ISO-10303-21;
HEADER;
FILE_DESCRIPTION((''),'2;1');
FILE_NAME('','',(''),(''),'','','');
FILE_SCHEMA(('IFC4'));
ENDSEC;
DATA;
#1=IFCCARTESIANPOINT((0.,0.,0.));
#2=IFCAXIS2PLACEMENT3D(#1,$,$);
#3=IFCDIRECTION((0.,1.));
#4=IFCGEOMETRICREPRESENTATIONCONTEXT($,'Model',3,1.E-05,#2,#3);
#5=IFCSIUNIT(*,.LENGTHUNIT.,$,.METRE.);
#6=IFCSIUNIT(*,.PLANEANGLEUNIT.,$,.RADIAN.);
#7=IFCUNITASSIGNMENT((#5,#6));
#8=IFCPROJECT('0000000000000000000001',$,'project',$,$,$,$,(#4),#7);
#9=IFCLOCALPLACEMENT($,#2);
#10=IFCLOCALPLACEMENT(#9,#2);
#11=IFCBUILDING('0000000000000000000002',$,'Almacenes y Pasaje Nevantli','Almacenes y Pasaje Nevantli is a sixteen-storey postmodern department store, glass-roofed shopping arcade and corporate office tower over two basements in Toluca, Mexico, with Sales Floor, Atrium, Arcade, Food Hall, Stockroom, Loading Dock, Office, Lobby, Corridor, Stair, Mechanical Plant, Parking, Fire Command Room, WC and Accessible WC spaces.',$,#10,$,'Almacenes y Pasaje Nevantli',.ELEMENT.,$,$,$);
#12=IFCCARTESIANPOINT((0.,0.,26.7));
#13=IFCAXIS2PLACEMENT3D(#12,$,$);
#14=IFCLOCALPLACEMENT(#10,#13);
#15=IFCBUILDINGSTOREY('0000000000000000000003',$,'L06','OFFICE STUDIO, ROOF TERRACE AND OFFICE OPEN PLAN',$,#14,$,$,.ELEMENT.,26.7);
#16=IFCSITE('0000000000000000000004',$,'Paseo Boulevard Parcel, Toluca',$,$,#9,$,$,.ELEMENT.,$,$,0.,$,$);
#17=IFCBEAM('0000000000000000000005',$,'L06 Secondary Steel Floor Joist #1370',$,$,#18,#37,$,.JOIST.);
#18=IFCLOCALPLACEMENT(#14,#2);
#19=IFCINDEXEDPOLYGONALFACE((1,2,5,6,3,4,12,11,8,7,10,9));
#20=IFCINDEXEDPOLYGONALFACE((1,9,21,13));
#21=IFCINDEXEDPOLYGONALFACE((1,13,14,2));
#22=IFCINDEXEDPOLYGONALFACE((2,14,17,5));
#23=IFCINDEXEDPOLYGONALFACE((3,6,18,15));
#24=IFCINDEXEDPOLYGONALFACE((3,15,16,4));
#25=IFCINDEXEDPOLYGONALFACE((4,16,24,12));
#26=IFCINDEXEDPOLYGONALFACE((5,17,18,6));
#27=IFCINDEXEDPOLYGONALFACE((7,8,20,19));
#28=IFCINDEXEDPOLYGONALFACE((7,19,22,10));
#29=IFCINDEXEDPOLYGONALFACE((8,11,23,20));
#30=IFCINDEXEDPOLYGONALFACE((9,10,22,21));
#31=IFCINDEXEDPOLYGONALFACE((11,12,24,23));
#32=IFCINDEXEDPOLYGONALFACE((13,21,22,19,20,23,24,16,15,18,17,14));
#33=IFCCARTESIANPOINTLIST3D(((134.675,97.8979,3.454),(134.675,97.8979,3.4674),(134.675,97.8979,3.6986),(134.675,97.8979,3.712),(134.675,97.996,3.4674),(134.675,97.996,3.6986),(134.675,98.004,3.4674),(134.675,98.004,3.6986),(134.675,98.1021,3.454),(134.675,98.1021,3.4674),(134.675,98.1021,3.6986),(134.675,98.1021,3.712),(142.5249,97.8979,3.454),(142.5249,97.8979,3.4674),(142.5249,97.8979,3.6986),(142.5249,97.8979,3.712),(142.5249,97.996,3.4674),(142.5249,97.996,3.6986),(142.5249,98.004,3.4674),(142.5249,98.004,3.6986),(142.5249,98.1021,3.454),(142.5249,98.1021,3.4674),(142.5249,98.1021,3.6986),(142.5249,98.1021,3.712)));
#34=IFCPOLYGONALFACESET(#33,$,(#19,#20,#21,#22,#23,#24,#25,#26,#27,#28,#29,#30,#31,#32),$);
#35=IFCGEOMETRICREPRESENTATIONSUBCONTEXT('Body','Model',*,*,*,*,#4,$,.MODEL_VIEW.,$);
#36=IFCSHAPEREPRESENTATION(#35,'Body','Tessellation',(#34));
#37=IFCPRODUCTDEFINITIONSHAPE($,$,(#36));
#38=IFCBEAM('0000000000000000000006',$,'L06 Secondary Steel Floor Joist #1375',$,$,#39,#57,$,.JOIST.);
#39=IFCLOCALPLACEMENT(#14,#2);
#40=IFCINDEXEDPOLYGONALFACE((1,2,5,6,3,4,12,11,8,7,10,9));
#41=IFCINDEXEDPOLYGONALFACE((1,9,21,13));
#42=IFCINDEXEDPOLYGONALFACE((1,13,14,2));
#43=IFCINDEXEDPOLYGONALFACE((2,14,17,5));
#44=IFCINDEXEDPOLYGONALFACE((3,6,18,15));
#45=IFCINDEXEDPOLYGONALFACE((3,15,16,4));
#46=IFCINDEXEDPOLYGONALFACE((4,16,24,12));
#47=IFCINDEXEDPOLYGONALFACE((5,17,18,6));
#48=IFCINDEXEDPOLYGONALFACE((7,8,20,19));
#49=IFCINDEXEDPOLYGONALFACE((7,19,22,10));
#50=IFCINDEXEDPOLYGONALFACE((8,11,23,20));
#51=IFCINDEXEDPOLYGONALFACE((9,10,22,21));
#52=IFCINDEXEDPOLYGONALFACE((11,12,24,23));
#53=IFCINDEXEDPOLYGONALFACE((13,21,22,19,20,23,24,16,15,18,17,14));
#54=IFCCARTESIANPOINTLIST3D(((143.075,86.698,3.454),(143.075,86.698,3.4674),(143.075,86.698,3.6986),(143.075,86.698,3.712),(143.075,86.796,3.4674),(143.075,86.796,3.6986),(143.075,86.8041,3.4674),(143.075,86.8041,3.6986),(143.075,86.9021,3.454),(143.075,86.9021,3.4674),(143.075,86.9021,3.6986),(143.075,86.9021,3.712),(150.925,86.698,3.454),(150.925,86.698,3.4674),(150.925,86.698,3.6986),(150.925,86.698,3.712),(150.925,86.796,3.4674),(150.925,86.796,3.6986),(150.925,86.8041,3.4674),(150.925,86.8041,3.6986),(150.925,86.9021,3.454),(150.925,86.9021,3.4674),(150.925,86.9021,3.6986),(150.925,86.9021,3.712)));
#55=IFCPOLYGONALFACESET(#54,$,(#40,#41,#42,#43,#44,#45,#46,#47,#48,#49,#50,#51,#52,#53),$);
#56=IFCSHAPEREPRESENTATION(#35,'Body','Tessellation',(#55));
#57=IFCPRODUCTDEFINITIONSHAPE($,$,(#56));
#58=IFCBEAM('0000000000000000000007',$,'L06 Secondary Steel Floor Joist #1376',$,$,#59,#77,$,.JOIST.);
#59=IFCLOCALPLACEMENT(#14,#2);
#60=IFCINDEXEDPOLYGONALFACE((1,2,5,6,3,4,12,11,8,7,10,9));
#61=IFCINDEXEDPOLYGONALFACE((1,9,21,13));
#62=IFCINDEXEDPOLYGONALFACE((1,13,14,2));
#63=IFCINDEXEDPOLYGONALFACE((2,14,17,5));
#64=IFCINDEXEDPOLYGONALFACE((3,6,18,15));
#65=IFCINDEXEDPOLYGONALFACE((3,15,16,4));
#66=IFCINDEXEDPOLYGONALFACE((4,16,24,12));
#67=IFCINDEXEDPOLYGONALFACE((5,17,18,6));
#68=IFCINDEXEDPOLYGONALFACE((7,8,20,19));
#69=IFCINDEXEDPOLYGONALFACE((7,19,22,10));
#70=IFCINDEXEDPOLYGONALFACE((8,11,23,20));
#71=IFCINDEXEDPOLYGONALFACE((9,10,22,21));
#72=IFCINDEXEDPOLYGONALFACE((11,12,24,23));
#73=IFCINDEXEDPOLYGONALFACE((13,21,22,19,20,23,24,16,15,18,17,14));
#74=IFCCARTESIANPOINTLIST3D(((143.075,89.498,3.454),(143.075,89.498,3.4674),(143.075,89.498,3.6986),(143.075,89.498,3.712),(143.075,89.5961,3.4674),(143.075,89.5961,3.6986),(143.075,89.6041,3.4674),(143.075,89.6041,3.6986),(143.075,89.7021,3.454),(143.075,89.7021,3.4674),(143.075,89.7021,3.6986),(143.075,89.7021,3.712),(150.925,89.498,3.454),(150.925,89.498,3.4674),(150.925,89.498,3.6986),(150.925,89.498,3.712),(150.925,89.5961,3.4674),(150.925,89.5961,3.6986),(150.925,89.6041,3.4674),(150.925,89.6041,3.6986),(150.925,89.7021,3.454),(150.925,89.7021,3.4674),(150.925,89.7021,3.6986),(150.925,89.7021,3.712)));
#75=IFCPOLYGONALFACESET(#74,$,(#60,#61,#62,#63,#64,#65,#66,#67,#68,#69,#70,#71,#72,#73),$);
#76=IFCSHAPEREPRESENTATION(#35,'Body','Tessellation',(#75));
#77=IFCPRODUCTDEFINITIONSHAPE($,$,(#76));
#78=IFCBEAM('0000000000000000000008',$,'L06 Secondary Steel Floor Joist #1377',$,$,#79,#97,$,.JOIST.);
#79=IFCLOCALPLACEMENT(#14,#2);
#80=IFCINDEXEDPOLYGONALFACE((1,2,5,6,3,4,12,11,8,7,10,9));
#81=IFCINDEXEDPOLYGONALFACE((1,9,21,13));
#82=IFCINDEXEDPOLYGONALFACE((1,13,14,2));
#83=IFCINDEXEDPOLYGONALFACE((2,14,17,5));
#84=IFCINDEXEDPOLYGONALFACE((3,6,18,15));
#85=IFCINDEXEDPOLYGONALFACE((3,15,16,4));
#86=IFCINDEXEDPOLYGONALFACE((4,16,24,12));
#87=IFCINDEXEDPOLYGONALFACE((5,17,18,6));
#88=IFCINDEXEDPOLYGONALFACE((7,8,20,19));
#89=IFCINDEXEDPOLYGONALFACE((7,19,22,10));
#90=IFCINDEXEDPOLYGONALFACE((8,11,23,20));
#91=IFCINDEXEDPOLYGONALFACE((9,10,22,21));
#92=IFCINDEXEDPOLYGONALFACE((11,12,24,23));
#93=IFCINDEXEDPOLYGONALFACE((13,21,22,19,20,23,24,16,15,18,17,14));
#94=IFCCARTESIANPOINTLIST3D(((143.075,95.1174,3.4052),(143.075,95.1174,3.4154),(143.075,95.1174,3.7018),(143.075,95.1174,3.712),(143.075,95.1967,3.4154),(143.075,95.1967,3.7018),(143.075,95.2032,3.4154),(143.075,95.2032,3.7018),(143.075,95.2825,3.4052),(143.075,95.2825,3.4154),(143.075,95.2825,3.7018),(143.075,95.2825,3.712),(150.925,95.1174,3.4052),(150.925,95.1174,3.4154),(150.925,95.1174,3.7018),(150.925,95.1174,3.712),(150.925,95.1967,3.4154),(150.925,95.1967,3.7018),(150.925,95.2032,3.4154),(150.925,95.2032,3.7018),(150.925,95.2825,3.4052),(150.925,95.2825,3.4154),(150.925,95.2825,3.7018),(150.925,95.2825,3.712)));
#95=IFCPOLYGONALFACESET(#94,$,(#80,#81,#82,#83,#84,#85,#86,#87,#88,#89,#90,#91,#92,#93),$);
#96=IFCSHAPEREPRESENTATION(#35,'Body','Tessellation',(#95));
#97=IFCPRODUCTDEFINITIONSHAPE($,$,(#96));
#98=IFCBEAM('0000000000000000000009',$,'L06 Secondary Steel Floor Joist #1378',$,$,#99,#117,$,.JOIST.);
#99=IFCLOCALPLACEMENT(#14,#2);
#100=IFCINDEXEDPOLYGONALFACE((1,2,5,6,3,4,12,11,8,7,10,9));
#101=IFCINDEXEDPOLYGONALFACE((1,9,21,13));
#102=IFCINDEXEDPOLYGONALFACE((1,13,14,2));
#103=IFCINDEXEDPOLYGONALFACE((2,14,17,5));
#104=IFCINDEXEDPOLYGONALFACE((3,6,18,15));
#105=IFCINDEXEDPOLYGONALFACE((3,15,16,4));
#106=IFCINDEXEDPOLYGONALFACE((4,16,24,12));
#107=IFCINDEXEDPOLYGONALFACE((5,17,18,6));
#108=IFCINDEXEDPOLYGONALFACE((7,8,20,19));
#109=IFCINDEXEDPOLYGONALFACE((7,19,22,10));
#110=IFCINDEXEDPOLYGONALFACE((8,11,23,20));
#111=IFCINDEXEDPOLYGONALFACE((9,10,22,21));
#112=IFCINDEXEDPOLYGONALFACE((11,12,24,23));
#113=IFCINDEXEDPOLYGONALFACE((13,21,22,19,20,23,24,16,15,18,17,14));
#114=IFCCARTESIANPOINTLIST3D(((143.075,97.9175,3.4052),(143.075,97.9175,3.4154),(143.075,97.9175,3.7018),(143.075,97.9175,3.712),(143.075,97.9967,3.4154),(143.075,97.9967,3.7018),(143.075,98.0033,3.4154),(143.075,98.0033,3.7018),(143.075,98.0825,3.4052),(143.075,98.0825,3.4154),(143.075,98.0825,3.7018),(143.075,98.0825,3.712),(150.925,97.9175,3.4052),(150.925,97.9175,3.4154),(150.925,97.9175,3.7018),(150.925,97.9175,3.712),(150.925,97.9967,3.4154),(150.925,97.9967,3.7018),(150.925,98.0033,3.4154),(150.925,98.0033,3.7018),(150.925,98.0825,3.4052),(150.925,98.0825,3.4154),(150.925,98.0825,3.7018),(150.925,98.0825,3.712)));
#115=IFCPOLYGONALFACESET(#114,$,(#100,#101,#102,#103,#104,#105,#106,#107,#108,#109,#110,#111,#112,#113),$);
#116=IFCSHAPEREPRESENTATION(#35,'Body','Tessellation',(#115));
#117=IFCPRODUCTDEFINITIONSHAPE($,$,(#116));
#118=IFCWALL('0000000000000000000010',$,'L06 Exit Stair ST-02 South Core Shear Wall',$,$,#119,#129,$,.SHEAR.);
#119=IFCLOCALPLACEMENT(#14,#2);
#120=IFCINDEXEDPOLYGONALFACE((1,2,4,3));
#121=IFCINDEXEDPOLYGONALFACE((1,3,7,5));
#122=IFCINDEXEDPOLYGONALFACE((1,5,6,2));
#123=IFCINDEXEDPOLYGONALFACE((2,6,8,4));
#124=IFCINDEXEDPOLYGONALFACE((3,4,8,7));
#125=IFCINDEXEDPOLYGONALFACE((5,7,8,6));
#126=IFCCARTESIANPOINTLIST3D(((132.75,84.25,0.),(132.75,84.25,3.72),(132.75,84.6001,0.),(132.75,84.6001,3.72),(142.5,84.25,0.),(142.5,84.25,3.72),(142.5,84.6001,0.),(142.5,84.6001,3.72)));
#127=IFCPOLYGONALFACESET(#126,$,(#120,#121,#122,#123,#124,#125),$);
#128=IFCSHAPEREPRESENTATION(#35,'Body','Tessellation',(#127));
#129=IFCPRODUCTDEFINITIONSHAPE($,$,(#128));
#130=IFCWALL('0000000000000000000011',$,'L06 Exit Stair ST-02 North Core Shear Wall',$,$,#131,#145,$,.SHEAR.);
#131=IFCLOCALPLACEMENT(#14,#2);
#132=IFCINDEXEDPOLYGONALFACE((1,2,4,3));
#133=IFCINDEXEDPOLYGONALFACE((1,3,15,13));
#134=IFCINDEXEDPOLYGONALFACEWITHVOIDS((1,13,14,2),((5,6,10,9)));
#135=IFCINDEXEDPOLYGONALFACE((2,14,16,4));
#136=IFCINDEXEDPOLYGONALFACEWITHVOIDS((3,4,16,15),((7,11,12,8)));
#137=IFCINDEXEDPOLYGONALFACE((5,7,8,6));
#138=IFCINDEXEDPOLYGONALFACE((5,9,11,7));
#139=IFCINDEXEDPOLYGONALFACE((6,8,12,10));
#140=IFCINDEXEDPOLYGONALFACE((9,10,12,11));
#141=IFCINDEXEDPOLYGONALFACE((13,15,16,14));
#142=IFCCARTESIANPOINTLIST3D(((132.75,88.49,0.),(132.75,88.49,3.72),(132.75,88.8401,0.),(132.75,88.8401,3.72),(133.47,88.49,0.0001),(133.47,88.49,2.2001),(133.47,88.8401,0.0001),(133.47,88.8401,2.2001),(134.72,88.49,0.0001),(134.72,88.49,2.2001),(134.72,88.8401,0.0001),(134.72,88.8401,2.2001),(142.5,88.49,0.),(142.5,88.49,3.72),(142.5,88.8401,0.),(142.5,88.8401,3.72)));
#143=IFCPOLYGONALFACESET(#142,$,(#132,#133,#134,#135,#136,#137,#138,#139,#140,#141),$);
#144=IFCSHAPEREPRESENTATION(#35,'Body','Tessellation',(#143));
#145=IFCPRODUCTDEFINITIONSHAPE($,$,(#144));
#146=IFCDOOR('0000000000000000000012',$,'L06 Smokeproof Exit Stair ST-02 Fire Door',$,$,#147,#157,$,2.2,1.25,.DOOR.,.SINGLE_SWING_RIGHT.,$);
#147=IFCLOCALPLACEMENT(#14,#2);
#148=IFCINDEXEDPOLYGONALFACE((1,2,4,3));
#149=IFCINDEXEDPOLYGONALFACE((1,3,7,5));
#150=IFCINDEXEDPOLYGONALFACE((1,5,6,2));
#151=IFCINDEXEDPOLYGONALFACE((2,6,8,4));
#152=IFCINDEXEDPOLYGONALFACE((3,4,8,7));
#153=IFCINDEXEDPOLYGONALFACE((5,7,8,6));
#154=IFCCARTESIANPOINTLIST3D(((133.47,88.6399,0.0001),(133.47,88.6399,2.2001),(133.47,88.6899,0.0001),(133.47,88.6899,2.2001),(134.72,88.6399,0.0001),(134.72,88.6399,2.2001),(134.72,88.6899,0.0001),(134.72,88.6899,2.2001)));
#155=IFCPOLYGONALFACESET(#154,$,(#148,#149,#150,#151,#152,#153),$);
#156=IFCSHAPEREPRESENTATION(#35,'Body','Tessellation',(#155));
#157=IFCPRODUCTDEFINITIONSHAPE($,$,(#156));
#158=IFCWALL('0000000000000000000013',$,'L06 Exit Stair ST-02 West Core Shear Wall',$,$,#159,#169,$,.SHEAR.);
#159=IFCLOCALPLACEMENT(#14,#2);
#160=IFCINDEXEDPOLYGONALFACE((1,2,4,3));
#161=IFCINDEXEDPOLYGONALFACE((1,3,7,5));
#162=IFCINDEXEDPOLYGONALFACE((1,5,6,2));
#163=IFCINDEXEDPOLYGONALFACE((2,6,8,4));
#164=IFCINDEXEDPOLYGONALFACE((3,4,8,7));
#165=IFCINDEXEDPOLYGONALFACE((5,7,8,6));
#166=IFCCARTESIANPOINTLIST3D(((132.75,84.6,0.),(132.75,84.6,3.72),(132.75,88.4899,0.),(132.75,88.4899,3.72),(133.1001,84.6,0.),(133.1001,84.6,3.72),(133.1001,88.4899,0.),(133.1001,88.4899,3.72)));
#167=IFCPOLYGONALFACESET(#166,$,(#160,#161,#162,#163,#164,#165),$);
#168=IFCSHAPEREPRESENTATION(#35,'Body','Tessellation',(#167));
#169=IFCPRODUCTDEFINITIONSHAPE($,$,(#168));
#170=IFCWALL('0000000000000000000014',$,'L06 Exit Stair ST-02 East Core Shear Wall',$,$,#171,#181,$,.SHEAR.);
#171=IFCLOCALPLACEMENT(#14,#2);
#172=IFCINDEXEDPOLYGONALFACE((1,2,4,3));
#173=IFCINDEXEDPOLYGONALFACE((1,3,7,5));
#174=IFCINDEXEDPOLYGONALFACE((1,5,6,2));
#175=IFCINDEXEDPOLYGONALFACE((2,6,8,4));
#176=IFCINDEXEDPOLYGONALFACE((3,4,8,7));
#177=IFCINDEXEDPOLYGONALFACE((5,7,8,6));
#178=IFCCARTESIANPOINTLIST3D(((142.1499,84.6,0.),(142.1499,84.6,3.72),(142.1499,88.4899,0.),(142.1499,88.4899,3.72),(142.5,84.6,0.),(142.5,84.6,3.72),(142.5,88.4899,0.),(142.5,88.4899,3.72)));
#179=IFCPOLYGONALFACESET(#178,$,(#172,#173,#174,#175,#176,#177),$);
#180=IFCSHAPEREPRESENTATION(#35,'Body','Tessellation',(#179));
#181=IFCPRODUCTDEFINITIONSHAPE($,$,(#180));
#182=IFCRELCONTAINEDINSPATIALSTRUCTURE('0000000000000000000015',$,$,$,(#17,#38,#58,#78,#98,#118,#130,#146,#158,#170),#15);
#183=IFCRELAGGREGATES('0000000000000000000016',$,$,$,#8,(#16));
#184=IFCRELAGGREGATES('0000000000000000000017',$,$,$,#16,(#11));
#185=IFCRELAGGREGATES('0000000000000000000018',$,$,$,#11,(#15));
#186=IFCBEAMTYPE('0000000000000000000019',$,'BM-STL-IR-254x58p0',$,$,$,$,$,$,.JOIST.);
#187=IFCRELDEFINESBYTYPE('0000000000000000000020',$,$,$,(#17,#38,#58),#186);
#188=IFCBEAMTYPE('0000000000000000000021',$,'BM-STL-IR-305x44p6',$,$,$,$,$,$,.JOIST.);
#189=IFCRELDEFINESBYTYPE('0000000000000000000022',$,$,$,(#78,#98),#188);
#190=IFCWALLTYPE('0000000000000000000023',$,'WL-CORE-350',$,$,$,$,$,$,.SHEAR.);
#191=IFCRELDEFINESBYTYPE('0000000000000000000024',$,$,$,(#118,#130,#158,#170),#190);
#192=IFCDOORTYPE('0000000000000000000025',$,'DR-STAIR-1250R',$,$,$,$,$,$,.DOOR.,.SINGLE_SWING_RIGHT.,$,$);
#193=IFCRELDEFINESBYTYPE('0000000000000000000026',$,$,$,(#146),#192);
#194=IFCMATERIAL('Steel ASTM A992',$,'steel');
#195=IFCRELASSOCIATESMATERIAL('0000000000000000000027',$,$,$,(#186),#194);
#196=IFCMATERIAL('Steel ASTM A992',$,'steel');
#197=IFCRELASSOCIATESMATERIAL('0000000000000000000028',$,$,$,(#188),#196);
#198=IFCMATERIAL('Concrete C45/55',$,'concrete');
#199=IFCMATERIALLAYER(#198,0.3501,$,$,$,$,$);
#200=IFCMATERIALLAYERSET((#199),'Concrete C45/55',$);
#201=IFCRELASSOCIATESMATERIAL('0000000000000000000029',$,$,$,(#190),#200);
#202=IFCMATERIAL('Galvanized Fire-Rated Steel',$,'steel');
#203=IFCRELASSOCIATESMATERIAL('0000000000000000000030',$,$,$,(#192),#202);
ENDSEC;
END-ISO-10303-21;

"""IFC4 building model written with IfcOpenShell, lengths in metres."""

from ifc_helpers import new_model, si_unit, direction, frame, frame_2d, origin, origin_2d, place, context, subcontext, project, spatial, rectangle, i_section, extrude, material, layer, layer_set, material_profile, profile_set, type_object, element, fill, save


model = new_model("IFC4")

# Units and contexts
model_context = context("Model", 3, precision=1e-05, world=origin(), true_north=direction((0.0, 1.0)))
body_context = subcontext(model_context, "Body", "Model", "MODEL_VIEW")
ifc_project = project(units=[si_unit("LENGTHUNIT", "METRE"), si_unit("PLANEANGLEUNIT", "RADIAN")], contexts=[model_context])

# Site, building, storey
site_placement = place(None, origin())
site = spatial("IfcSite", under=ifc_project, at=site_placement, Name="Paseo Boulevard Parcel, Toluca", CompositionType="ELEMENT", RefElevation=0.0)
building_placement = place(site_placement, origin())
building = spatial("IfcBuilding", under=site, at=building_placement, Name="Almacenes y Pasaje Nevantli", Description="Almacenes y Pasaje Nevantli is a sixteen-storey postmodern department store, glass-roofed shopping arcade and corporate office tower over two basements in Toluca, Mexico, with Sales Floor, Atrium, Arcade, Food Hall, Stockroom, Loading Dock, Office, Lobby, Corridor, Stair, Mechanical Plant, Parking, Fire Command Room, WC and Accessible WC spaces.", LongName="Almacenes y Pasaje Nevantli", CompositionType="ELEMENT")
storey_placement = place(building_placement, frame((0.0, 0.0, 26.7)))
storey = spatial("IfcBuildingStorey", under=building, at=storey_placement, Name="L06", Description="OFFICE STUDIO, ROOF TERRACE AND OFFICE OPEN PLAN", CompositionType="ELEMENT", Elevation=26.7)

# Beams
ifc_material_1 = material(Name="Steel ASTM A992", Category="steel")
ifc_material_profile_1 = material_profile(ifc_material_1, i_section(OverallWidth=0.2041, OverallDepth=0.2581, WebThickness=0.0081, FlangeThickness=0.0134, at=origin_2d()), Name="IR 254x58.0")
ifc_profile_set_1 = profile_set([ifc_material_profile_1], Name="Steel ASTM A992")
beam_type_1 = type_object("IfcBeamType", Name="BM-STL-IR-254x58p0", PredefinedType="JOIST", material=ifc_profile_set_1)
for number, where, z_axis, x_axis, name in (
    (1, (134.675, 98.0, 3.583), (1.0, 0.0, 0.0), (0.0, 1.0, 0.0), "L06 Secondary Steel Floor Joist #1370"),
):
    element("IfcBeam", number, at=place(storey_placement, frame(where, z_axis=z_axis, x_axis=x_axis)), inside=storey, type_object=beam_type_1, Name=name, PredefinedType="JOIST", context=body_context, shape_type="SweptSolid", body=[
        extrude(i_section(OverallWidth=0.2041, OverallDepth=0.2581, WebThickness=0.0081, FlangeThickness=0.0134, at=origin_2d()), origin(), (0.0, 0.0, 1.0), 7.8499),
    ])
for number, where, z_axis, x_axis, name in (
    (2, (143.075, 86.8, 3.583), (1.0, 0.0, 0.0), (0.0, 1.0, 0.0), "L06 Secondary Steel Floor Joist #1375"),
    (3, (143.075, 89.6001, 3.583), (1.0, 0.0, 0.0), (0.0, 1.0, 0.0), "L06 Secondary Steel Floor Joist #1376"),
):
    element("IfcBeam", number, at=place(storey_placement, frame(where, z_axis=z_axis, x_axis=x_axis)), inside=storey, type_object=beam_type_1, Name=name, PredefinedType="JOIST", context=body_context, shape_type="SweptSolid", body=[
        extrude(i_section(OverallWidth=0.2041, OverallDepth=0.2581, WebThickness=0.0081, FlangeThickness=0.0134, at=origin_2d()), origin(), (0.0, 0.0, 1.0), 7.8501),
    ])
ifc_material_2 = material(Name="Steel ASTM A992", Category="steel")
ifc_material_profile_2 = material_profile(ifc_material_2, i_section(OverallWidth=0.165, OverallDepth=0.3069, WebThickness=0.0066, FlangeThickness=0.0103, at=origin_2d()), Name="IR 305x44.6")
ifc_profile_set_2 = profile_set([ifc_material_profile_2], Name="Steel ASTM A992")
beam_type_2 = type_object("IfcBeamType", Name="BM-STL-IR-305x44p6", PredefinedType="JOIST", material=ifc_profile_set_2)
for number, where, z_axis, x_axis, name in (
    (4, (143.075, 95.2, 3.5586), (1.0, 0.0, 0.0), (0.0, 1.0, 0.0), "L06 Secondary Steel Floor Joist #1377"),
    (5, (143.075, 98.0, 3.5586), (1.0, 0.0, 0.0), (0.0, 1.0, 0.0), "L06 Secondary Steel Floor Joist #1378"),
):
    element("IfcBeam", number, at=place(storey_placement, frame(where, z_axis=z_axis, x_axis=x_axis)), inside=storey, type_object=beam_type_2, Name=name, PredefinedType="JOIST", context=body_context, shape_type="SweptSolid", body=[
        extrude(i_section(OverallWidth=0.165, OverallDepth=0.3069, WebThickness=0.0066, FlangeThickness=0.0103, at=origin_2d()), origin(), (0.0, 0.0, 1.0), 7.8501),
    ])

# Wall
ifc_material_3 = material(Name="Concrete C45/55", Category="concrete")
ifc_layer_1 = layer(ifc_material_3, 0.3501)
ifc_layer_set_1 = layer_set([ifc_layer_1], Name="Concrete C45/55")
wall_type_1 = type_object("IfcWallType", Name="WL-CORE-350", PredefinedType="SHEAR", material=ifc_layer_set_1)
wall_1_placement = place(storey_placement, frame((132.75, 84.425, 0.0), z_axis=(0.0, 0.0, 1.0), x_axis=(1.0, 0.0, 0.0)))
element("IfcWall", 6, at=wall_1_placement, inside=storey, type_object=wall_type_1, Name="L06 Exit Stair ST-02 South Core Shear Wall", PredefinedType="SHEAR", context=body_context, shape_type="SweptSolid", body=[
    extrude(rectangle(XDim=9.75, YDim=0.3501, at=frame_2d((4.875, 0.0))), origin(), (0.0, 0.0, 1.0), 3.72),
])

# Wall, opening, door
wall_2_placement = place(storey_placement, frame((132.75, 88.665, 0.0), z_axis=(0.0, 0.0, 1.0), x_axis=(1.0, 0.0, 0.0)))
wall_2 = element("IfcWall", 7, at=wall_2_placement, inside=storey, type_object=wall_type_1, Name="L06 Exit Stair ST-02 North Core Shear Wall", PredefinedType="SHEAR", context=body_context, shape_type="SweptSolid", body=[
    extrude(rectangle(XDim=9.75, YDim=0.3501, at=frame_2d((4.875, 0.0))), origin(), (0.0, 0.0, 1.0), 3.72),
])
opening_1_placement = place(wall_2_placement, frame((0.72, 0.0, 0.0)))
opening_1 = element("IfcOpeningElement", 8, at=opening_1_placement, cuts=wall_2, PredefinedType="OPENING", context=body_context, shape_type="SweptSolid", body=[
    extrude(rectangle(XDim=1.25, YDim=2.2, at=frame_2d((0.625, 1.1001))), frame((0.0, 0.1851, 0.0), z_axis=(0.0, -1.0, 0.0), x_axis=(1.0, 0.0, 0.0)), (0.0, 0.0, 1.0), 0.3701),
])
ifc_material_4 = material(Name="Galvanized Fire-Rated Steel", Category="steel")
door_type = type_object("IfcDoorType", Name="DR-STAIR-1250R", OperationType="SINGLE_SWING_RIGHT", PredefinedType="DOOR", material=ifc_material_4)
door_placement = place(opening_1_placement, origin())
door = element("IfcDoor", 9, at=door_placement, inside=storey, type_object=door_type, Name="L06 Smokeproof Exit Stair ST-02 Fire Door", OperationType="SINGLE_SWING_RIGHT", OverallHeight=2.2, OverallWidth=1.25, PredefinedType="DOOR", context=body_context, shape_type="SweptSolid", body=[
    extrude(rectangle(XDim=1.25, YDim=2.2, at=frame_2d((0.625, 1.1001))), frame((0.0, 0.0249, 0.0), z_axis=(0.0, -1.0, 0.0), x_axis=(1.0, 0.0, 0.0)), (0.0, 0.0, 1.0), 0.05),
])
fill(opening_1, door)

# Walls
for number, where, z_axis, x_axis, name in (
    (10, (132.925, 84.6001, 0.0), (0.0, 0.0, 1.0), (0.0, 1.0, 0.0), "L06 Exit Stair ST-02 West Core Shear Wall"),
    (11, (142.325, 84.6001, 0.0), (0.0, 0.0, 1.0), (0.0, 1.0, 0.0), "L06 Exit Stair ST-02 East Core Shear Wall"),
):
    element("IfcWall", number, at=place(storey_placement, frame(where, z_axis=z_axis, x_axis=x_axis)), inside=storey, type_object=wall_type_1, Name=name, PredefinedType="SHEAR", context=body_context, shape_type="SweptSolid", body=[
        extrude(rectangle(XDim=3.8899, YDim=0.3501, at=frame_2d((1.9448, 0.0))), origin(), (0.0, 0.0, 1.0), 3.72),
    ])

save(model, "model.ifc")
